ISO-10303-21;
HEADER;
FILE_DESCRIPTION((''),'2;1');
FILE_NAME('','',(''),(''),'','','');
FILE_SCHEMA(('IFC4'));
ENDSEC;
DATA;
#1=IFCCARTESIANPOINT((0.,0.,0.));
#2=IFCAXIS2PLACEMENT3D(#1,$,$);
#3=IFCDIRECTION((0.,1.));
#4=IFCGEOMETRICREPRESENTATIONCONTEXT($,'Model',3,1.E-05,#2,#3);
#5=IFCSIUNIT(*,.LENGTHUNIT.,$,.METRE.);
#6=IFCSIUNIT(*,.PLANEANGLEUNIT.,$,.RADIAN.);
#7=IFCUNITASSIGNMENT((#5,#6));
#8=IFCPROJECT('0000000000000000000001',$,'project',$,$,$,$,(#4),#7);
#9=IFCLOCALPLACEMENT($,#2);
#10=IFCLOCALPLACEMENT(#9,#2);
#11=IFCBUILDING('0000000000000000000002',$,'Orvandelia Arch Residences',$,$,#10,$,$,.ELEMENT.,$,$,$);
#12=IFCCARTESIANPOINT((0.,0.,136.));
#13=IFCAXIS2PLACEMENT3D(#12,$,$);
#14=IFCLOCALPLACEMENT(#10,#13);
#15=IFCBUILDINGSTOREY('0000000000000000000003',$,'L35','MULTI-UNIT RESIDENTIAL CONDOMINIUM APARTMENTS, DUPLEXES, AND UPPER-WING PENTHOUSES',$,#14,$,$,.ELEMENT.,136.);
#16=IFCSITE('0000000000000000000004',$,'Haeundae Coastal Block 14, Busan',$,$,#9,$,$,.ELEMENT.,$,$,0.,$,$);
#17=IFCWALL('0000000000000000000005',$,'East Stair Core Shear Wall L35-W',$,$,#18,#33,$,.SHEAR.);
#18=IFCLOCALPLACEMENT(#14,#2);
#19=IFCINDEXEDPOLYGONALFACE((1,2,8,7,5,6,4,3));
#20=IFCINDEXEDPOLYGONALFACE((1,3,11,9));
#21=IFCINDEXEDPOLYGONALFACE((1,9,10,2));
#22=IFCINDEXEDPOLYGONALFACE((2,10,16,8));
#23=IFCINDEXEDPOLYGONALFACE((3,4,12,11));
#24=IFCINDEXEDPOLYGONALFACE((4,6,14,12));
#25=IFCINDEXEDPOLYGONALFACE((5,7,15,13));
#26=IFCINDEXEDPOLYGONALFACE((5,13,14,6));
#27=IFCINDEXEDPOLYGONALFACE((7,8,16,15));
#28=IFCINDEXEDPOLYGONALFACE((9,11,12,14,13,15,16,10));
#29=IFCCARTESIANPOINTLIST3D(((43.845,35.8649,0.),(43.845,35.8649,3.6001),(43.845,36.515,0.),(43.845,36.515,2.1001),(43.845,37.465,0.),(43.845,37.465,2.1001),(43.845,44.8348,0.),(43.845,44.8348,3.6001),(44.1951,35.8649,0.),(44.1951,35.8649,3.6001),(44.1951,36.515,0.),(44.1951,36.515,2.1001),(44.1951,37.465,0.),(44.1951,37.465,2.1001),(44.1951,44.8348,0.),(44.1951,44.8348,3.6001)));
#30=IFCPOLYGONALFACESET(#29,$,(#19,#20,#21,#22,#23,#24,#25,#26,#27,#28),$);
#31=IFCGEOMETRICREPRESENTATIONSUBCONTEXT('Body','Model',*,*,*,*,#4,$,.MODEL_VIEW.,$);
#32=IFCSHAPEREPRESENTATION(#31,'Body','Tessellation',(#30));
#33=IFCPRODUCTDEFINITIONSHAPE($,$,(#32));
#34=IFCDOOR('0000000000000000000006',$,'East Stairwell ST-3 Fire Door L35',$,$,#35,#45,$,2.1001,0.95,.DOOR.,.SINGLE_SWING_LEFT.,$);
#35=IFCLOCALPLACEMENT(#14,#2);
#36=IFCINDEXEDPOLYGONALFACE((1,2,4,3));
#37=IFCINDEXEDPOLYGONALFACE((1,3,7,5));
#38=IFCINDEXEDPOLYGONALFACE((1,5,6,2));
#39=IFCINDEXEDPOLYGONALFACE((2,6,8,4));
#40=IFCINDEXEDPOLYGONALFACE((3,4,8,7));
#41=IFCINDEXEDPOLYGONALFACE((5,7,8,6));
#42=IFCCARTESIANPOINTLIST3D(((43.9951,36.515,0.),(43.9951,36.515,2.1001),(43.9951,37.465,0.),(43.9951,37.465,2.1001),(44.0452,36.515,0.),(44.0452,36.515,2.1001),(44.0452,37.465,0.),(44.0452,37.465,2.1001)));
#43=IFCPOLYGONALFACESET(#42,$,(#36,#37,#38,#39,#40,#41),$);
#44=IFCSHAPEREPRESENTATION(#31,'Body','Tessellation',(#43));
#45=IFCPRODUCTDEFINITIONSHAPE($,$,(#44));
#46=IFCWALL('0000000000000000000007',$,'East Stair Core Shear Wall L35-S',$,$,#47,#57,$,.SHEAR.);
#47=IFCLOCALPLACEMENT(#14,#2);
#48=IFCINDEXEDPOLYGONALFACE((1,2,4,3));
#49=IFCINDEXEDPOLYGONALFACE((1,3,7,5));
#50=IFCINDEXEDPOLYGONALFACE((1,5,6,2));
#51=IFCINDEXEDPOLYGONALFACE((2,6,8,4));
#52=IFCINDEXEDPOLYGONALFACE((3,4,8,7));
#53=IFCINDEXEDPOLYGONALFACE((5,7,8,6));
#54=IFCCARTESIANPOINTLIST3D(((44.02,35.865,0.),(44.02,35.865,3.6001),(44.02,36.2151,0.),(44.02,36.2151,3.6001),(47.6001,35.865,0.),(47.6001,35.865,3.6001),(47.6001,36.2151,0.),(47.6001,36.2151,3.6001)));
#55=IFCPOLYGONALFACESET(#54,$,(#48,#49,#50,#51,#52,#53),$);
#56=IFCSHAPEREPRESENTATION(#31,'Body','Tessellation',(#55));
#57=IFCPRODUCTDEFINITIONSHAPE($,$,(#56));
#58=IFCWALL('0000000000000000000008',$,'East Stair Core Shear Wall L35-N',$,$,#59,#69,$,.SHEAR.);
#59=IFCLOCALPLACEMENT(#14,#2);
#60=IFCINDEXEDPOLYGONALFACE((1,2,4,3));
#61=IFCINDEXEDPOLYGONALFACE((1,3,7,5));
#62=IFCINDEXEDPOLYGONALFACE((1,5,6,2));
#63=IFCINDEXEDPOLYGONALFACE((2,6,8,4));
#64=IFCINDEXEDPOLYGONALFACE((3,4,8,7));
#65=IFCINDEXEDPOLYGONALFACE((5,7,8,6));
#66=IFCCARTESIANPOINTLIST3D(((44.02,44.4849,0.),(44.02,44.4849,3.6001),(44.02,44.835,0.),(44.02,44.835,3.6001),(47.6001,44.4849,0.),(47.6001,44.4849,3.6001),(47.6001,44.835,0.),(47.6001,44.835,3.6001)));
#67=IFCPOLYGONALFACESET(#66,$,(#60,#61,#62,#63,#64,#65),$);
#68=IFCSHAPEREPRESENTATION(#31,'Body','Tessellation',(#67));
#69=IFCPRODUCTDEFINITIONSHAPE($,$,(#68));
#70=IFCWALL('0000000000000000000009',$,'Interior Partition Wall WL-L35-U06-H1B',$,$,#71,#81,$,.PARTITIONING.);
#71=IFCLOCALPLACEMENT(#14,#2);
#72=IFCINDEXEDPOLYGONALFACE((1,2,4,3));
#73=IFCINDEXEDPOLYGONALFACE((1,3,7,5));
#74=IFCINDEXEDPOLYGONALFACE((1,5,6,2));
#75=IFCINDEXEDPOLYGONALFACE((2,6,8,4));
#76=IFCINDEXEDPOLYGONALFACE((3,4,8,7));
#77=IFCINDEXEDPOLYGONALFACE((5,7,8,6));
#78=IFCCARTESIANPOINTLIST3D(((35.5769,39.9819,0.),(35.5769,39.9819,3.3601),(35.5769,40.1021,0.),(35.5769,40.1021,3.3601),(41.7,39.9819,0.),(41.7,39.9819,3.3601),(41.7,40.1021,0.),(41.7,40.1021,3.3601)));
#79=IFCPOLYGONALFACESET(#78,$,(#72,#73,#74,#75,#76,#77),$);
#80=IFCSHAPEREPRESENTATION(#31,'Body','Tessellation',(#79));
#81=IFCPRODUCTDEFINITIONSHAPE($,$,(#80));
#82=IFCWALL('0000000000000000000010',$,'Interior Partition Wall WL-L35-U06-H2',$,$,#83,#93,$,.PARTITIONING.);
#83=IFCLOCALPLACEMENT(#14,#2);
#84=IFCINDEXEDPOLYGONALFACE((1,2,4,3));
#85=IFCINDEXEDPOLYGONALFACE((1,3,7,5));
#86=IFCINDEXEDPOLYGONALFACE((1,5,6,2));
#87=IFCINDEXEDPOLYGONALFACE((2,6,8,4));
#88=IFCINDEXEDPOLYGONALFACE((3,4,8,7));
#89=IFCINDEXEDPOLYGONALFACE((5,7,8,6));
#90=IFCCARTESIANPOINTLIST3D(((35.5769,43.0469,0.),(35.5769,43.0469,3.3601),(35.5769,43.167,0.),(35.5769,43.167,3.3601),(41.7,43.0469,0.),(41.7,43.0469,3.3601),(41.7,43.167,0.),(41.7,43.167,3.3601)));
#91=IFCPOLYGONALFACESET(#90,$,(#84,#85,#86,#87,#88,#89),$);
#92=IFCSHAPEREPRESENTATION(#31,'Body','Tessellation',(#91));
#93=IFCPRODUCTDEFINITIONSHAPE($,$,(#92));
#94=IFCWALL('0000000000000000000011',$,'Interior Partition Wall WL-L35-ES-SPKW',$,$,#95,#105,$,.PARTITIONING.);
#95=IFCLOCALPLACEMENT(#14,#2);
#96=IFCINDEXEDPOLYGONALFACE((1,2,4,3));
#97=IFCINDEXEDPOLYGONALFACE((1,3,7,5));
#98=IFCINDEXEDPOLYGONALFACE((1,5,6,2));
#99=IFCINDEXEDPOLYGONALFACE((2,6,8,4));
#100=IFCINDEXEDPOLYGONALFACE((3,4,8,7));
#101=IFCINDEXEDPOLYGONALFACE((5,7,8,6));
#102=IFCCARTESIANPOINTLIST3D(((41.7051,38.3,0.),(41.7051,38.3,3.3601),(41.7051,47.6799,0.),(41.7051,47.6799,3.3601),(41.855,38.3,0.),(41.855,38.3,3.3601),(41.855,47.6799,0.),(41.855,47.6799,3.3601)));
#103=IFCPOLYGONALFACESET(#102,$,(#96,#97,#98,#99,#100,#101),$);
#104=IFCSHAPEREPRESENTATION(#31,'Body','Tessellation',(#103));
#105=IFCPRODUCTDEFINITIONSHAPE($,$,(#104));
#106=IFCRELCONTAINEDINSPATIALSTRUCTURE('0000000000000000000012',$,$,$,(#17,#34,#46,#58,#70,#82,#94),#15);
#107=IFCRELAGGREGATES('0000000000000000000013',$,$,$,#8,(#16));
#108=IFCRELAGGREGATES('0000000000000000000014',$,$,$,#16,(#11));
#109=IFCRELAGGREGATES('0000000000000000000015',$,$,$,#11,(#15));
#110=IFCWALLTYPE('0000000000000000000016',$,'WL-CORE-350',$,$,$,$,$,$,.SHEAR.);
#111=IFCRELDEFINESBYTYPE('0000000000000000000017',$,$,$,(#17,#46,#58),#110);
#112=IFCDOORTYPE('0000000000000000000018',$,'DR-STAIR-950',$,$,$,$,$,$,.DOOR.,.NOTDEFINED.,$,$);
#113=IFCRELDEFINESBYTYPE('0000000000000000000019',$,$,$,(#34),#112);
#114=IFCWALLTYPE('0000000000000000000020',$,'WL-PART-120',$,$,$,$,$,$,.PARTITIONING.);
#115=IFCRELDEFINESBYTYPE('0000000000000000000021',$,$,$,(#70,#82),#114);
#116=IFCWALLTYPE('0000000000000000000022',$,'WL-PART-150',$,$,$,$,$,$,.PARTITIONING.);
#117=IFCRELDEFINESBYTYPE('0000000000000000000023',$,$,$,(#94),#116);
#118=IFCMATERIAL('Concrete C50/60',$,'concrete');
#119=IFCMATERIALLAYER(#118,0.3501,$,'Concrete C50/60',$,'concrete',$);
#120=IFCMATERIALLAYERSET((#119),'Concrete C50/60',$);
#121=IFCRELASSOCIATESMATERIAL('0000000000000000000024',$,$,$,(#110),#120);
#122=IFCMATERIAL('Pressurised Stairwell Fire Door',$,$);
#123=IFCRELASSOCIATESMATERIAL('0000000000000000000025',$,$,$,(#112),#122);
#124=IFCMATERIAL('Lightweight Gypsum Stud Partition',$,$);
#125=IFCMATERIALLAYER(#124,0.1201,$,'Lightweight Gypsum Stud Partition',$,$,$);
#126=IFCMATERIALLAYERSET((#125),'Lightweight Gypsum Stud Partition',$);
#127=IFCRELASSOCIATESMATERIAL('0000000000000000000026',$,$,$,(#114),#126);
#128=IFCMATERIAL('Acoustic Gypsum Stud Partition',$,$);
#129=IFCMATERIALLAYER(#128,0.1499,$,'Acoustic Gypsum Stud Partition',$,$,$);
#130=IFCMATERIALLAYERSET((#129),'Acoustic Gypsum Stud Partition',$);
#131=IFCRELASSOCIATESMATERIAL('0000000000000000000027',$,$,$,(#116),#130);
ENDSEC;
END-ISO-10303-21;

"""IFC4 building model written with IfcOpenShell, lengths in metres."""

from ifc_helpers import new_model, si_unit, direction, frame, frame_2d, origin, place, context, subcontext, project, spatial, rectangle, extrude, material, layer, layer_set, type_object, element, fill, save


model = new_model("IFC4")

# Units and contexts
model_context = context("Model", 3, precision=1e-05, world=origin(), true_north=direction((0.0, 1.0)))
body_context = subcontext(model_context, "Body", "Model", "MODEL_VIEW")
ifc_project = project(units=[si_unit("LENGTHUNIT", "METRE"), si_unit("PLANEANGLEUNIT", "RADIAN")], contexts=[model_context])

# Site, building, storey
site_placement = place(None, origin())
site = spatial("IfcSite", under=ifc_project, at=site_placement, Name="Haeundae Coastal Block 14, Busan", CompositionType="ELEMENT", RefElevation=0.0)
building_placement = place(site_placement, origin())
building = spatial("IfcBuilding", under=site, at=building_placement, Name="Orvandelia Arch Residences", CompositionType="ELEMENT")
storey_placement = place(building_placement, frame((0.0, 0.0, 136.0)))
storey = spatial("IfcBuildingStorey", under=building, at=storey_placement, Name="L35", Description="MULTI-UNIT RESIDENTIAL CONDOMINIUM APARTMENTS, DUPLEXES, AND UPPER-WING PENTHOUSES", CompositionType="ELEMENT", Elevation=136.0)

# Wall, opening, door
ifc_material_1 = material(Name="Concrete C50/60", Category="concrete")
ifc_layer_1 = layer(ifc_material_1, 0.3501, Name="Concrete C50/60", Category="concrete")
ifc_layer_set_1 = layer_set([ifc_layer_1], Name="Concrete C50/60")
wall_type_1 = type_object("IfcWallType", Name="WL-CORE-350", PredefinedType="SHEAR", material=ifc_layer_set_1)
wall_1_placement = place(storey_placement, frame((44.02, 35.865, 0.0), z_axis=(0.0, 0.0, 1.0), x_axis=(0.0, 1.0, 0.0)))
wall_1 = element("IfcWall", 1, at=wall_1_placement, inside=storey, type_object=wall_type_1, Name="East Stair Core Shear Wall L35-W", PredefinedType="SHEAR", context=body_context, shape_type="SweptSolid", body=[
    extrude(rectangle(XDim=8.97, YDim=0.3501, at=frame_2d((4.4849, 0.0))), origin(), (0.0, 0.0, 1.0), 3.6001),
])
opening_1_placement = place(wall_1_placement, frame((0.6499, 0.0, 0.0)))
opening_1 = element("IfcOpeningElement", 2, at=opening_1_placement, cuts=wall_1, PredefinedType="OPENING", context=body_context, shape_type="SweptSolid", body=[
    extrude(rectangle(XDim=0.95, YDim=2.1001, at=frame_2d((0.4751, 1.05))), frame((0.0, 0.1851, 0.0), z_axis=(0.0, -1.0, 0.0), x_axis=(1.0, 0.0, 0.0)), (0.0, 0.0, 1.0), 0.3701),
])
ifc_material_2 = material(Name="Pressurised Stairwell Fire Door")
door_type_1 = type_object("IfcDoorType", Name="DR-STAIR-950", OperationType="NOTDEFINED", PredefinedType="DOOR", material=ifc_material_2)
door_1_placement = place(opening_1_placement, origin())
door_1 = element("IfcDoor", 3, at=door_1_placement, inside=storey, type_object=door_type_1, Name="East Stairwell ST-3 Fire Door L35", OperationType="SINGLE_SWING_LEFT", OverallHeight=2.1001, OverallWidth=0.95, PredefinedType="DOOR", context=body_context, shape_type="SweptSolid", body=[
    extrude(rectangle(XDim=0.95, YDim=2.1001, at=frame_2d((0.4751, 1.05))), frame((0.0, 0.0249, 0.0), z_axis=(0.0, -1.0, 0.0), x_axis=(1.0, 0.0, 0.0)), (0.0, 0.0, 1.0), 0.05),
])
fill(opening_1, door_1)

# Walls
for number, where, z_axis, x_axis, name in (
    (4, (44.02, 36.04, 0.0), (0.0, 0.0, 1.0), (1.0, 0.0, 0.0), "East Stair Core Shear Wall L35-S"),
    (5, (44.02, 44.6599, 0.0), (0.0, 0.0, 1.0), (1.0, 0.0, 0.0), "East Stair Core Shear Wall L35-N"),
):
    element("IfcWall", number, at=place(storey_placement, frame(where, z_axis=z_axis, x_axis=x_axis)), inside=storey, type_object=wall_type_1, Name=name, PredefinedType="SHEAR", context=body_context, shape_type="SweptSolid", body=[
        extrude(rectangle(XDim=3.5801, YDim=0.3501, at=frame_2d((1.79, 0.0))), origin(), (0.0, 0.0, 1.0), 3.6001),
    ])

# Walls
ifc_material_3 = material(Name="Lightweight Gypsum Stud Partition")
ifc_layer_2 = layer(ifc_material_3, 0.1201, Name="Lightweight Gypsum Stud Partition")
ifc_layer_set_2 = layer_set([ifc_layer_2], Name="Lightweight Gypsum Stud Partition")
wall_type_2 = type_object("IfcWallType", Name="WL-PART-120", PredefinedType="PARTITIONING", material=ifc_layer_set_2)
for number, where, z_axis, x_axis, name in (
    (6, (35.5769, 40.042, 0.0), (0.0, 0.0, 1.0), (1.0, 0.0, 0.0), "Interior Partition Wall WL-L35-U06-H1B"),
    (7, (35.5769, 43.1069, 0.0), (0.0, 0.0, 1.0), (1.0, 0.0, 0.0), "Interior Partition Wall WL-L35-U06-H2"),
):
    element("IfcWall", number, at=place(storey_placement, frame(where, z_axis=z_axis, x_axis=x_axis)), inside=storey, type_object=wall_type_2, Name=name, PredefinedType="PARTITIONING", context=body_context, shape_type="SweptSolid", body=[
        extrude(rectangle(XDim=6.123, YDim=0.1201, at=frame_2d((3.0615, 0.0))), origin(), (0.0, 0.0, 1.0), 3.3601),
    ])
ifc_material_4 = material(Name="Acoustic Gypsum Stud Partition")
ifc_layer_3 = layer(ifc_material_4, 0.1499, Name="Acoustic Gypsum Stud Partition")
ifc_layer_set_3 = layer_set([ifc_layer_3], Name="Acoustic Gypsum Stud Partition")
wall_type_3 = type_object("IfcWallType", Name="WL-PART-150", PredefinedType="PARTITIONING", material=ifc_layer_set_3)
wall_2_placement = place(storey_placement, frame((41.78, 38.3, 0.0), z_axis=(0.0, 0.0, 1.0), x_axis=(0.0, 1.0, 0.0)))
element("IfcWall", 8, at=wall_2_placement, inside=storey, type_object=wall_type_3, Name="Interior Partition Wall WL-L35-ES-SPKW", PredefinedType="PARTITIONING", context=body_context, shape_type="SweptSolid", body=[
    extrude(rectangle(XDim=9.3799, YDim=0.1499, at=frame_2d((4.6899, 0.0))), origin(), (0.0, 0.0, 1.0), 3.3601),
])

save(model, "model.ifc")
